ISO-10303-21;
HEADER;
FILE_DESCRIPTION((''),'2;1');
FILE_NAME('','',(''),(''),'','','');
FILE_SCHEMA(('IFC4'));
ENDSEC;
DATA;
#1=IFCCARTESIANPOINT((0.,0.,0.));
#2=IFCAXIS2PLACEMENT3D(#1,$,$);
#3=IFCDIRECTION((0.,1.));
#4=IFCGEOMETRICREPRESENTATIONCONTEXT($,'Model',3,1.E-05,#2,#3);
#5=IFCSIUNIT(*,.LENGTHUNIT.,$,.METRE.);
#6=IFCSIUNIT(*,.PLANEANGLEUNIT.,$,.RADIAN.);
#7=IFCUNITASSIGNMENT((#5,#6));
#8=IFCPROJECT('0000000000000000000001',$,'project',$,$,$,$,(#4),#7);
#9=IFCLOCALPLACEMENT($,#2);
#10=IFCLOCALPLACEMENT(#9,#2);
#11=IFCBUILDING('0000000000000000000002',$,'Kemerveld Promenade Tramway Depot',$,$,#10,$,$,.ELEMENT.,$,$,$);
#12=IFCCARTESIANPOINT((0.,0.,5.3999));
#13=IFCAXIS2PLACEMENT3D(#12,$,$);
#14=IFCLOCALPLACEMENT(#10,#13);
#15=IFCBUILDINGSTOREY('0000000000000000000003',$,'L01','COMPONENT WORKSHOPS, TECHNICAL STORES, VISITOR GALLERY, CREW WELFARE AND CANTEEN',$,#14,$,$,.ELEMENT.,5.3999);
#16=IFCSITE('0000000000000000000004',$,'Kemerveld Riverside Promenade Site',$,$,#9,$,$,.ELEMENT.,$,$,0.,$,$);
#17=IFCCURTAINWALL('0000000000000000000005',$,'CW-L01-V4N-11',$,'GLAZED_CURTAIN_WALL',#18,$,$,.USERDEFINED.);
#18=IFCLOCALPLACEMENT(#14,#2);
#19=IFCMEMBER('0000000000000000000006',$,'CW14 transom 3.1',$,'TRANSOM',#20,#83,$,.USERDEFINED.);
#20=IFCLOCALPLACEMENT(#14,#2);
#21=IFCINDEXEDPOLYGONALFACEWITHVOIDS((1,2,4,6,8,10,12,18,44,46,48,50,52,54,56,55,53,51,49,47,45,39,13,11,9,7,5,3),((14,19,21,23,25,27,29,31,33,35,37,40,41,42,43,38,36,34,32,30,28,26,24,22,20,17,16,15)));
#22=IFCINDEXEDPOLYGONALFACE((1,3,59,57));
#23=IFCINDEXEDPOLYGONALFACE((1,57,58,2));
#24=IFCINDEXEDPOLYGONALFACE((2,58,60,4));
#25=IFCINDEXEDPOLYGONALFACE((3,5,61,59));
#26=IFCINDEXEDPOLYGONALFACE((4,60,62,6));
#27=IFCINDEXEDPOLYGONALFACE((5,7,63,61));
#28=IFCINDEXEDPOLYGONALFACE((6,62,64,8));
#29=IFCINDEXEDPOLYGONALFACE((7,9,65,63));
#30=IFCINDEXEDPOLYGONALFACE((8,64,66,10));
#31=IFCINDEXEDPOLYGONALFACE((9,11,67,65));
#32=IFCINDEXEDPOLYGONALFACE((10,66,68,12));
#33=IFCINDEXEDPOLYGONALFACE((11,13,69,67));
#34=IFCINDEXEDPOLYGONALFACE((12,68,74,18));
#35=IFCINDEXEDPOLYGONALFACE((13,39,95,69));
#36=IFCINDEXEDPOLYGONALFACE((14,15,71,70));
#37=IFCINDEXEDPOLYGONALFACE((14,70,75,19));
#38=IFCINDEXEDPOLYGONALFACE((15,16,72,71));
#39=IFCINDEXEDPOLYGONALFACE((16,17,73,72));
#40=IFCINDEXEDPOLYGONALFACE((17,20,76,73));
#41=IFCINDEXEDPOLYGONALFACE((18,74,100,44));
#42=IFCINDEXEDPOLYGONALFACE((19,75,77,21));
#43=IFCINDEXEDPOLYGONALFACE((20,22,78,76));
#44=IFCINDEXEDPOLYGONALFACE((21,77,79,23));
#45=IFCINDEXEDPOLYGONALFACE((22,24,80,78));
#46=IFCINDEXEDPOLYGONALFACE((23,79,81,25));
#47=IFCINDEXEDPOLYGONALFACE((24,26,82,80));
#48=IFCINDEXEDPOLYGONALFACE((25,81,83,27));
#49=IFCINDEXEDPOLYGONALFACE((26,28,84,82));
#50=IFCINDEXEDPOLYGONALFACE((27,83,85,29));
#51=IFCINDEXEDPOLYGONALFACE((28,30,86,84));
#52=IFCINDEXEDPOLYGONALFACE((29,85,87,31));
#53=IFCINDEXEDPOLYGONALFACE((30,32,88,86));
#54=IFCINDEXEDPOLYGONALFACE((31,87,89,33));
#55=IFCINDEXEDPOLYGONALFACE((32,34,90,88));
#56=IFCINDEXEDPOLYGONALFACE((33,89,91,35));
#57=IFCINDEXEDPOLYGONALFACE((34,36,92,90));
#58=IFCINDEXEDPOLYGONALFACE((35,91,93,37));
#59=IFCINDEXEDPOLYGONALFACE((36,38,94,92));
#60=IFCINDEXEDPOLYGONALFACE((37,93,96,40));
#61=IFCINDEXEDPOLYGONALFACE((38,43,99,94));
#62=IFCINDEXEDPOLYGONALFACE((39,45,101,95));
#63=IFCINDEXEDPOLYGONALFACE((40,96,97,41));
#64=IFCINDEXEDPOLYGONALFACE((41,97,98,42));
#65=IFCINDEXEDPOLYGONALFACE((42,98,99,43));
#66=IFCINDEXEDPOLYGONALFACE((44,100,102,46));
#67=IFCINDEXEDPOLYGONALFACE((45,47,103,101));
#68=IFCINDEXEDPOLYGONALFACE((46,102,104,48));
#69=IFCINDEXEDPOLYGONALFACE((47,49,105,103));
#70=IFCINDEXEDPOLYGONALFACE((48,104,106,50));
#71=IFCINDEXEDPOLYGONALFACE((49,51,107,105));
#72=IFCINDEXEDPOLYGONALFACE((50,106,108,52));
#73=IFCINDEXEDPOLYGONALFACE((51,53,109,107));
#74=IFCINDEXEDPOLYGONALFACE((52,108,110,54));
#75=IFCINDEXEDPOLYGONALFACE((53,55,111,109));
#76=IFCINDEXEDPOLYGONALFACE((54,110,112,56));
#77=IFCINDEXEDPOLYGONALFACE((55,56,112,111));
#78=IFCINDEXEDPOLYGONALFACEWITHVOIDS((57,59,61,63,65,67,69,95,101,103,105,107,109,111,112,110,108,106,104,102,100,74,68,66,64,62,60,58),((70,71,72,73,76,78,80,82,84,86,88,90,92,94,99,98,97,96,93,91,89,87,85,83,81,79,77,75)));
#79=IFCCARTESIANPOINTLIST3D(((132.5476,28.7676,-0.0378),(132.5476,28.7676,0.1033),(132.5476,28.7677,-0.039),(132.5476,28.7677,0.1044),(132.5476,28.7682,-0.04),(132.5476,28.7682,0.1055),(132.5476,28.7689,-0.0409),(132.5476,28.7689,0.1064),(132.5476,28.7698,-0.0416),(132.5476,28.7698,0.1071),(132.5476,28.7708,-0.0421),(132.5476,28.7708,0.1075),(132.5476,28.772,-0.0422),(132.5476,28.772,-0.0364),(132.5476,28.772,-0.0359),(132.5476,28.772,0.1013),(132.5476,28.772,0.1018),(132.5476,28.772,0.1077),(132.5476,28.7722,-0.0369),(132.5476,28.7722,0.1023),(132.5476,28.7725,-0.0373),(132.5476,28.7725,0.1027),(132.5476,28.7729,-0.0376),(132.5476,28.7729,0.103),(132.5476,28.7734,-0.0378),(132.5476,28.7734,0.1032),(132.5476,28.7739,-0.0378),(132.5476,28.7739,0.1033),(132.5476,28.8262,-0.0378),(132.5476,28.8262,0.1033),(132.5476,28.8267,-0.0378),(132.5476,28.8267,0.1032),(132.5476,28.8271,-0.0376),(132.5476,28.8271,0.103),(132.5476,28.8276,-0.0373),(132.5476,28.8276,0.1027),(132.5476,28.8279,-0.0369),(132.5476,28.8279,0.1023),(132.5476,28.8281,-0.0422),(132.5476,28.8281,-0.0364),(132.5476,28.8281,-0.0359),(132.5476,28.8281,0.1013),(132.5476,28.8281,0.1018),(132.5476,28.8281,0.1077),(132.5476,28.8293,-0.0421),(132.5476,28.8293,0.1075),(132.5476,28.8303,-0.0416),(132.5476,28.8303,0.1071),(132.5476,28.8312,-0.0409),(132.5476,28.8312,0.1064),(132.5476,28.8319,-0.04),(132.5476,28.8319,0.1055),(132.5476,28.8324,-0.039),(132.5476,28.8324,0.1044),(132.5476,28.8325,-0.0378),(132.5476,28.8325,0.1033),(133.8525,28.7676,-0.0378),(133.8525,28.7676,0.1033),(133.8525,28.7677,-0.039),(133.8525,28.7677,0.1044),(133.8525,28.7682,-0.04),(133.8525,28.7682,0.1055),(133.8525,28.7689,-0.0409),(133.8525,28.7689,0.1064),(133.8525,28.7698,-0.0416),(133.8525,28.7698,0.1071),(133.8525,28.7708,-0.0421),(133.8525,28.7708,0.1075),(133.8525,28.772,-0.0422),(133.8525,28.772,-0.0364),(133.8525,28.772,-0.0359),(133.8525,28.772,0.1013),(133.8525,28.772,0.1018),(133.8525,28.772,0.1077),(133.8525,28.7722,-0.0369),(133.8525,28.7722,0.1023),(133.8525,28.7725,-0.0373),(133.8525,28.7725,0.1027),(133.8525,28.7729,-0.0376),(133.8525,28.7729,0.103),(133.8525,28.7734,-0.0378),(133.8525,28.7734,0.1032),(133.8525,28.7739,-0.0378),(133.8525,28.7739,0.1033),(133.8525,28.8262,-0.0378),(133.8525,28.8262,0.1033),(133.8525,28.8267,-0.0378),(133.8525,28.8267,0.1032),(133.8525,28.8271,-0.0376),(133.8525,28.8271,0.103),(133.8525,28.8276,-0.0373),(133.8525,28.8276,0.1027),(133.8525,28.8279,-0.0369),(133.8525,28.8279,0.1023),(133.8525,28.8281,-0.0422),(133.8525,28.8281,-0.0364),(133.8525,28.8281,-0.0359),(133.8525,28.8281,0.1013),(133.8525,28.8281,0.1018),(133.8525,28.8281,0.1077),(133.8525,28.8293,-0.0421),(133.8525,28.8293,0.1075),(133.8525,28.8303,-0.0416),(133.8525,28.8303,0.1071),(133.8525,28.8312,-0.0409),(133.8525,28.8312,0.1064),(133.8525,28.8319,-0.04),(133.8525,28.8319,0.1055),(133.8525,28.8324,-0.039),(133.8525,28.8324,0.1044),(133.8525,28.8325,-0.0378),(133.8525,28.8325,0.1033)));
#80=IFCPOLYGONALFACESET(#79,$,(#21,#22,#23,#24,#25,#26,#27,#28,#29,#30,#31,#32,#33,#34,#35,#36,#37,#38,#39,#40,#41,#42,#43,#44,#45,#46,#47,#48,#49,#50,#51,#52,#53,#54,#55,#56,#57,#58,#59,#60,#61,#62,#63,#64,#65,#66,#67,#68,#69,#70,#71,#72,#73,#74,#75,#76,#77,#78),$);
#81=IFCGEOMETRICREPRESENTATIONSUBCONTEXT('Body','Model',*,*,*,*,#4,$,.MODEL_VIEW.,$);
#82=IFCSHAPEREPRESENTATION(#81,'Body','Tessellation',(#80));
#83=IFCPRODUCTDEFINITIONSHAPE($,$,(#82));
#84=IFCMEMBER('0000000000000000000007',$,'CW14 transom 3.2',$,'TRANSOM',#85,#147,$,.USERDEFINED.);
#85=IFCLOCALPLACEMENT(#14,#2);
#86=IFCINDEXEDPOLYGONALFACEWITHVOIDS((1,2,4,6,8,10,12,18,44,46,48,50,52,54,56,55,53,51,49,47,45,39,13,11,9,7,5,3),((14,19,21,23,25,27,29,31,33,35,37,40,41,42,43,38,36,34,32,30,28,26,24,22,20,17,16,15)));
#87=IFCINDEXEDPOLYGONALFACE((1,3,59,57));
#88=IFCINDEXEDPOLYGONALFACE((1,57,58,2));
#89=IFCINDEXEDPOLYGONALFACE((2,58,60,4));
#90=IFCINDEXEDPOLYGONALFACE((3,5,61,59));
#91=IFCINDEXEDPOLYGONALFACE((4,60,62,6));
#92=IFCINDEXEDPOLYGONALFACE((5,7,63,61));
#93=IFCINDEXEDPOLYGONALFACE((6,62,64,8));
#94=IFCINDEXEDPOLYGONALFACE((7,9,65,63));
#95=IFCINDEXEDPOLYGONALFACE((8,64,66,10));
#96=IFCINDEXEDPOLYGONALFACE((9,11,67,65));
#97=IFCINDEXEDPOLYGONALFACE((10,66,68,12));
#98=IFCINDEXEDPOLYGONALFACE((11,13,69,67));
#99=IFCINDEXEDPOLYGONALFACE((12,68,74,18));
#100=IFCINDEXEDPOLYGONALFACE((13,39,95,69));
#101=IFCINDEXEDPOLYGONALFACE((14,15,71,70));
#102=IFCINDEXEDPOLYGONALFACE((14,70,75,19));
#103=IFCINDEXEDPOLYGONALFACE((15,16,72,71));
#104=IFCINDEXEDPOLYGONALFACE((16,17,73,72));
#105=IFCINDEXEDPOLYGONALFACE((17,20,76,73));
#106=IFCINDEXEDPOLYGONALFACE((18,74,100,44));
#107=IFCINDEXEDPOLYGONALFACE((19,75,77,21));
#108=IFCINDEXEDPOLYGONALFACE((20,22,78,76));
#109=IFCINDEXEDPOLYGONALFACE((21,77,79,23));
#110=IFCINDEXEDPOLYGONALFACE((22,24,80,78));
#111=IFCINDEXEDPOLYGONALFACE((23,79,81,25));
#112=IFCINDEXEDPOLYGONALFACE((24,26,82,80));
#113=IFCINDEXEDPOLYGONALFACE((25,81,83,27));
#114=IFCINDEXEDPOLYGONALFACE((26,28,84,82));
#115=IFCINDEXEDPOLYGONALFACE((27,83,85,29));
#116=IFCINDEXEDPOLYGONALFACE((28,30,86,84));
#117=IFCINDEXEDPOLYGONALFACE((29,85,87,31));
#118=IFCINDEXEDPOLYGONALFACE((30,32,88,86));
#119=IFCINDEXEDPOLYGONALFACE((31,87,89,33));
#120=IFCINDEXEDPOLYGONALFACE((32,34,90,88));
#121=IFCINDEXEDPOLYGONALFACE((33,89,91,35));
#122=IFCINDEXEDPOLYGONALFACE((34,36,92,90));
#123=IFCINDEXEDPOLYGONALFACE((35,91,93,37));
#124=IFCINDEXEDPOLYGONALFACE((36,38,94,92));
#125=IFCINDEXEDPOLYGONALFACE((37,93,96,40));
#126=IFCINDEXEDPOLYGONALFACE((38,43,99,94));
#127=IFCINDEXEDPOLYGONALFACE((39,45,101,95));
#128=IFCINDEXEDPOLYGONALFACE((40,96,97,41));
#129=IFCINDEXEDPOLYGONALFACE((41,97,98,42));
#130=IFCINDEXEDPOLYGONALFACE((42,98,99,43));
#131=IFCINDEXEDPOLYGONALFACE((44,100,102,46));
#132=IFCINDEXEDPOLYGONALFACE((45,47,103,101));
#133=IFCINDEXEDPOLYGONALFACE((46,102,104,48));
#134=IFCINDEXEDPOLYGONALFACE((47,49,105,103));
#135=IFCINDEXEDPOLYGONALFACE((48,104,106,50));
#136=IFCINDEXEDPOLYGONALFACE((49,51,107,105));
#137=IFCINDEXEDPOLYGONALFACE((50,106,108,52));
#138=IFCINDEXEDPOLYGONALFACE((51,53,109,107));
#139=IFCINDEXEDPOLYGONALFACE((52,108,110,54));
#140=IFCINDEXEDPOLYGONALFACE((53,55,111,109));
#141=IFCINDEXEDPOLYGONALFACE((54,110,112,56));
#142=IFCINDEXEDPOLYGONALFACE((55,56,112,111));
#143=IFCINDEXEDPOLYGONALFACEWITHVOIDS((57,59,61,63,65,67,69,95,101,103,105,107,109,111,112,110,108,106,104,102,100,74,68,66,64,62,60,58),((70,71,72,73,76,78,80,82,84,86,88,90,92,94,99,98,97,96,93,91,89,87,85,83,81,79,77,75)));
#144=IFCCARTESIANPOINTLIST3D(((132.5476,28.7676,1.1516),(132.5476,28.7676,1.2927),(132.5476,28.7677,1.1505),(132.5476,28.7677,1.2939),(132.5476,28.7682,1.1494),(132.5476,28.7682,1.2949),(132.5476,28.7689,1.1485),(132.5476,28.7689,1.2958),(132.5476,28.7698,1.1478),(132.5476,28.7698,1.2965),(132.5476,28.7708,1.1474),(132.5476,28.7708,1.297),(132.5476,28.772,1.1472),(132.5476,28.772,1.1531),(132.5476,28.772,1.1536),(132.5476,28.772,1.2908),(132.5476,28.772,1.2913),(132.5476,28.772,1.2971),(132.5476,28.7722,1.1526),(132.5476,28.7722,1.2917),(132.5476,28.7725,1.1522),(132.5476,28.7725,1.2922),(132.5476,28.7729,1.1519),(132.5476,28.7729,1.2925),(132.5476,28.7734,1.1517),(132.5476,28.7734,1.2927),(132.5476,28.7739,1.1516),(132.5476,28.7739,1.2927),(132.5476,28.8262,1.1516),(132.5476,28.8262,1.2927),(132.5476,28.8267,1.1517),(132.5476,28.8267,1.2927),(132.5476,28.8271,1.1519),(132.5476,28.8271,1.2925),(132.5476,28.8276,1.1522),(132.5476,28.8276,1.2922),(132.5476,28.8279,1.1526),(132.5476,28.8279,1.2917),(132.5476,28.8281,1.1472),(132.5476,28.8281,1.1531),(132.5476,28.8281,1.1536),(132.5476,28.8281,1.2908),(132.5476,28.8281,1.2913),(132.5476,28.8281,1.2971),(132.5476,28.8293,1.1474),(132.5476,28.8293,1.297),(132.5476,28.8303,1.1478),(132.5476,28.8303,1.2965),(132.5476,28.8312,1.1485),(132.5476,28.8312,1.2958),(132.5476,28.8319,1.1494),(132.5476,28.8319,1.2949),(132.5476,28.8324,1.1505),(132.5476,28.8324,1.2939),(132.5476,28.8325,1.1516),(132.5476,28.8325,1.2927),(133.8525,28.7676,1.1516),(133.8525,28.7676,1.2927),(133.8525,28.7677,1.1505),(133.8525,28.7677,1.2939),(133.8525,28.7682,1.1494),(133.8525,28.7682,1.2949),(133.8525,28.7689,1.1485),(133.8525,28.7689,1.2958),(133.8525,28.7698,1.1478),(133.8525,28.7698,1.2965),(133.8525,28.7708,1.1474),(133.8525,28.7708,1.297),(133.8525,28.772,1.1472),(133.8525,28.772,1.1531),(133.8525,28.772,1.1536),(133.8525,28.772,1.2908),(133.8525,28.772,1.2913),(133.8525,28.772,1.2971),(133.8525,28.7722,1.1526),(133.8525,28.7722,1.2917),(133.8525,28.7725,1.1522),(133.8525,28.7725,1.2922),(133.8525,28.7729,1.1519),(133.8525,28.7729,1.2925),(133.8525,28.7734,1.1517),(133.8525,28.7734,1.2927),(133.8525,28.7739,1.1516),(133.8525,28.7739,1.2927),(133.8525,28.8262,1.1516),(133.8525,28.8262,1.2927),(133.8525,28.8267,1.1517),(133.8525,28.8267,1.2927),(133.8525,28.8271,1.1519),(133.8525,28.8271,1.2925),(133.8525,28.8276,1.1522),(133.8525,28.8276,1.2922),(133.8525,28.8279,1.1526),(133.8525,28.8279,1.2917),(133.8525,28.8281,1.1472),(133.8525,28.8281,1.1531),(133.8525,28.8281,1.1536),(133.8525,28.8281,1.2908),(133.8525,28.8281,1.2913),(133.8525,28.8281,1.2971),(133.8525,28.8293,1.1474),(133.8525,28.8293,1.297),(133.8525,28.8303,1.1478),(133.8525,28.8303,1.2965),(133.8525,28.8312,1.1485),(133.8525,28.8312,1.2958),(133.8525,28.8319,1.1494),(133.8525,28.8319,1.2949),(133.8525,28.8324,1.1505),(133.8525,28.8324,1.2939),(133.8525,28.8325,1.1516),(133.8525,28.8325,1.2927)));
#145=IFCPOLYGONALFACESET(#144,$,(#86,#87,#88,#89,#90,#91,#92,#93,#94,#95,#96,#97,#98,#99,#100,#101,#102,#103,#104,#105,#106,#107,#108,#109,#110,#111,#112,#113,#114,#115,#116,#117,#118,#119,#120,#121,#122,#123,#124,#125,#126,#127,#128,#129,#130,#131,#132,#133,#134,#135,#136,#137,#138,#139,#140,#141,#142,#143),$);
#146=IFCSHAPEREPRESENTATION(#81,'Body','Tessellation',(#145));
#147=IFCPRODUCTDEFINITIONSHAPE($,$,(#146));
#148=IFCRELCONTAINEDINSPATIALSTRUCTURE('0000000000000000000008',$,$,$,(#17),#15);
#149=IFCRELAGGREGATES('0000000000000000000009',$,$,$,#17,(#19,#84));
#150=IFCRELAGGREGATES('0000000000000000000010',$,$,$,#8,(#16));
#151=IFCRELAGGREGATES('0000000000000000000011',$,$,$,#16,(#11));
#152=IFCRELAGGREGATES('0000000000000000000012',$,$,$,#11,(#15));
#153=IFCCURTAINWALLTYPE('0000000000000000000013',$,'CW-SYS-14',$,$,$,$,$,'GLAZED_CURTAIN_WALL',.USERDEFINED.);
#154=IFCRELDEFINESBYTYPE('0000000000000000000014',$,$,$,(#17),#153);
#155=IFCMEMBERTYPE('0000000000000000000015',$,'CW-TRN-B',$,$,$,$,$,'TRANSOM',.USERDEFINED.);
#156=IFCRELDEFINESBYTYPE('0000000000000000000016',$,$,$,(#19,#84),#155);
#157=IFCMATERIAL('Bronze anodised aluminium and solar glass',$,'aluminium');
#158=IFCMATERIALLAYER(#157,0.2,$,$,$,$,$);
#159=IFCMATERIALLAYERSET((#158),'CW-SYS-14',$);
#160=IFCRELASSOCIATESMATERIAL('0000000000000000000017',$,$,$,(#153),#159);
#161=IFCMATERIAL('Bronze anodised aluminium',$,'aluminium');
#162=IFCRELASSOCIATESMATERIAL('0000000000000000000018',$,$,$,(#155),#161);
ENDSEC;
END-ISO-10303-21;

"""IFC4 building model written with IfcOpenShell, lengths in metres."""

from ifc_helpers import new_model, si_unit, direction, frame, origin, origin_2d, place, context, subcontext, project, spatial, hollow_rectangle, extrude, material, layer, layer_set, material_profile, profile_set, type_object, element, aggregate, save


model = new_model("IFC4")

# Units and contexts
model_context = context("Model", 3, precision=1e-05, world=origin(), true_north=direction((0.0, 1.0)))
body_context = subcontext(model_context, "Body", "Model", "MODEL_VIEW")
ifc_project = project(units=[si_unit("LENGTHUNIT", "METRE"), si_unit("PLANEANGLEUNIT", "RADIAN")], contexts=[model_context])

# Site, building, storey
site_placement = place(None, origin())
site = spatial("IfcSite", under=ifc_project, at=site_placement, Name="Kemerveld Riverside Promenade Site", CompositionType="ELEMENT", RefElevation=0.0)
building_placement = place(site_placement, origin())
building = spatial("IfcBuilding", under=site, at=building_placement, Name="Kemerveld Promenade Tramway Depot", CompositionType="ELEMENT")
storey_placement = place(building_placement, frame((0.0, 0.0, 5.3999)))
storey = spatial("IfcBuildingStorey", under=building, at=storey_placement, Name="L01", Description="COMPONENT WORKSHOPS, TECHNICAL STORES, VISITOR GALLERY, CREW WELFARE AND CANTEEN", CompositionType="ELEMENT", Elevation=5.3999)

# Curtain wall, members
ifc_material_1 = material(Name="Bronze anodised aluminium and solar glass", Category="aluminium")
ifc_layer_1 = layer(ifc_material_1, 0.2)
ifc_layer_set_1 = layer_set([ifc_layer_1], Name="CW-SYS-14")
curtain_wall_type = type_object("IfcCurtainWallType", Name="CW-SYS-14", ElementType="GLAZED_CURTAIN_WALL", PredefinedType="USERDEFINED", material=ifc_layer_set_1)
curtain_wall_placement = place(storey_placement, origin())
curtain_wall = element("IfcCurtainWall", 1, at=curtain_wall_placement, inside=storey, type_object=curtain_wall_type, Name="CW-L01-V4N-11", ObjectType="GLAZED_CURTAIN_WALL", PredefinedType="USERDEFINED")
ifc_material_2 = material(Name="Bronze anodised aluminium", Category="aluminium")
ifc_material_profile_1 = material_profile(ifc_material_2, hollow_rectangle(XDim=0.0649, YDim=0.1499, WallThickness=0.0044, InnerFilletRadius=0.002, OuterFilletRadius=0.0044, at=origin_2d()), Name="CW-TRN-150x65")
ifc_profile_set_1 = profile_set([ifc_material_profile_1], Name="Bronze anodised aluminium")
member_type_1 = type_object("IfcMemberType", Name="CW-TRN-B", ElementType="TRANSOM", PredefinedType="USERDEFINED", material=ifc_profile_set_1)
member_1_placement = place(storey_placement, frame((132.5476, 28.8, 0.0327), z_axis=(1.0, 0.0, 0.0), x_axis=(0.0, 1.0, 0.0)))
member_1 = element("IfcMember", 2, at=member_1_placement, type_object=member_type_1, Name="CW14 transom 3.1", ObjectType="TRANSOM", PredefinedType="USERDEFINED", context=body_context, shape_type="SweptSolid", body=[
    extrude(hollow_rectangle(XDim=0.0649, YDim=0.1499, WallThickness=0.0044, InnerFilletRadius=0.002, OuterFilletRadius=0.0044, at=origin_2d()), origin(), (0.0, 0.0, 1.0), 1.3049),
])
member_2_placement = place(storey_placement, frame((132.5476, 28.8, 1.2222), z_axis=(1.0, 0.0, 0.0), x_axis=(0.0, 1.0, 0.0)))
member_2 = element("IfcMember", 3, at=member_2_placement, type_object=member_type_1, Name="CW14 transom 3.2", ObjectType="TRANSOM", PredefinedType="USERDEFINED", context=body_context, shape_type="SweptSolid", body=[
    extrude(hollow_rectangle(XDim=0.0649, YDim=0.1499, WallThickness=0.0044, InnerFilletRadius=0.002, OuterFilletRadius=0.0044, at=origin_2d()), origin(), (0.0, 0.0, 1.0), 1.3049),
])
aggregate(curtain_wall, [member_1, member_2])

save(model, "model.ifc")
